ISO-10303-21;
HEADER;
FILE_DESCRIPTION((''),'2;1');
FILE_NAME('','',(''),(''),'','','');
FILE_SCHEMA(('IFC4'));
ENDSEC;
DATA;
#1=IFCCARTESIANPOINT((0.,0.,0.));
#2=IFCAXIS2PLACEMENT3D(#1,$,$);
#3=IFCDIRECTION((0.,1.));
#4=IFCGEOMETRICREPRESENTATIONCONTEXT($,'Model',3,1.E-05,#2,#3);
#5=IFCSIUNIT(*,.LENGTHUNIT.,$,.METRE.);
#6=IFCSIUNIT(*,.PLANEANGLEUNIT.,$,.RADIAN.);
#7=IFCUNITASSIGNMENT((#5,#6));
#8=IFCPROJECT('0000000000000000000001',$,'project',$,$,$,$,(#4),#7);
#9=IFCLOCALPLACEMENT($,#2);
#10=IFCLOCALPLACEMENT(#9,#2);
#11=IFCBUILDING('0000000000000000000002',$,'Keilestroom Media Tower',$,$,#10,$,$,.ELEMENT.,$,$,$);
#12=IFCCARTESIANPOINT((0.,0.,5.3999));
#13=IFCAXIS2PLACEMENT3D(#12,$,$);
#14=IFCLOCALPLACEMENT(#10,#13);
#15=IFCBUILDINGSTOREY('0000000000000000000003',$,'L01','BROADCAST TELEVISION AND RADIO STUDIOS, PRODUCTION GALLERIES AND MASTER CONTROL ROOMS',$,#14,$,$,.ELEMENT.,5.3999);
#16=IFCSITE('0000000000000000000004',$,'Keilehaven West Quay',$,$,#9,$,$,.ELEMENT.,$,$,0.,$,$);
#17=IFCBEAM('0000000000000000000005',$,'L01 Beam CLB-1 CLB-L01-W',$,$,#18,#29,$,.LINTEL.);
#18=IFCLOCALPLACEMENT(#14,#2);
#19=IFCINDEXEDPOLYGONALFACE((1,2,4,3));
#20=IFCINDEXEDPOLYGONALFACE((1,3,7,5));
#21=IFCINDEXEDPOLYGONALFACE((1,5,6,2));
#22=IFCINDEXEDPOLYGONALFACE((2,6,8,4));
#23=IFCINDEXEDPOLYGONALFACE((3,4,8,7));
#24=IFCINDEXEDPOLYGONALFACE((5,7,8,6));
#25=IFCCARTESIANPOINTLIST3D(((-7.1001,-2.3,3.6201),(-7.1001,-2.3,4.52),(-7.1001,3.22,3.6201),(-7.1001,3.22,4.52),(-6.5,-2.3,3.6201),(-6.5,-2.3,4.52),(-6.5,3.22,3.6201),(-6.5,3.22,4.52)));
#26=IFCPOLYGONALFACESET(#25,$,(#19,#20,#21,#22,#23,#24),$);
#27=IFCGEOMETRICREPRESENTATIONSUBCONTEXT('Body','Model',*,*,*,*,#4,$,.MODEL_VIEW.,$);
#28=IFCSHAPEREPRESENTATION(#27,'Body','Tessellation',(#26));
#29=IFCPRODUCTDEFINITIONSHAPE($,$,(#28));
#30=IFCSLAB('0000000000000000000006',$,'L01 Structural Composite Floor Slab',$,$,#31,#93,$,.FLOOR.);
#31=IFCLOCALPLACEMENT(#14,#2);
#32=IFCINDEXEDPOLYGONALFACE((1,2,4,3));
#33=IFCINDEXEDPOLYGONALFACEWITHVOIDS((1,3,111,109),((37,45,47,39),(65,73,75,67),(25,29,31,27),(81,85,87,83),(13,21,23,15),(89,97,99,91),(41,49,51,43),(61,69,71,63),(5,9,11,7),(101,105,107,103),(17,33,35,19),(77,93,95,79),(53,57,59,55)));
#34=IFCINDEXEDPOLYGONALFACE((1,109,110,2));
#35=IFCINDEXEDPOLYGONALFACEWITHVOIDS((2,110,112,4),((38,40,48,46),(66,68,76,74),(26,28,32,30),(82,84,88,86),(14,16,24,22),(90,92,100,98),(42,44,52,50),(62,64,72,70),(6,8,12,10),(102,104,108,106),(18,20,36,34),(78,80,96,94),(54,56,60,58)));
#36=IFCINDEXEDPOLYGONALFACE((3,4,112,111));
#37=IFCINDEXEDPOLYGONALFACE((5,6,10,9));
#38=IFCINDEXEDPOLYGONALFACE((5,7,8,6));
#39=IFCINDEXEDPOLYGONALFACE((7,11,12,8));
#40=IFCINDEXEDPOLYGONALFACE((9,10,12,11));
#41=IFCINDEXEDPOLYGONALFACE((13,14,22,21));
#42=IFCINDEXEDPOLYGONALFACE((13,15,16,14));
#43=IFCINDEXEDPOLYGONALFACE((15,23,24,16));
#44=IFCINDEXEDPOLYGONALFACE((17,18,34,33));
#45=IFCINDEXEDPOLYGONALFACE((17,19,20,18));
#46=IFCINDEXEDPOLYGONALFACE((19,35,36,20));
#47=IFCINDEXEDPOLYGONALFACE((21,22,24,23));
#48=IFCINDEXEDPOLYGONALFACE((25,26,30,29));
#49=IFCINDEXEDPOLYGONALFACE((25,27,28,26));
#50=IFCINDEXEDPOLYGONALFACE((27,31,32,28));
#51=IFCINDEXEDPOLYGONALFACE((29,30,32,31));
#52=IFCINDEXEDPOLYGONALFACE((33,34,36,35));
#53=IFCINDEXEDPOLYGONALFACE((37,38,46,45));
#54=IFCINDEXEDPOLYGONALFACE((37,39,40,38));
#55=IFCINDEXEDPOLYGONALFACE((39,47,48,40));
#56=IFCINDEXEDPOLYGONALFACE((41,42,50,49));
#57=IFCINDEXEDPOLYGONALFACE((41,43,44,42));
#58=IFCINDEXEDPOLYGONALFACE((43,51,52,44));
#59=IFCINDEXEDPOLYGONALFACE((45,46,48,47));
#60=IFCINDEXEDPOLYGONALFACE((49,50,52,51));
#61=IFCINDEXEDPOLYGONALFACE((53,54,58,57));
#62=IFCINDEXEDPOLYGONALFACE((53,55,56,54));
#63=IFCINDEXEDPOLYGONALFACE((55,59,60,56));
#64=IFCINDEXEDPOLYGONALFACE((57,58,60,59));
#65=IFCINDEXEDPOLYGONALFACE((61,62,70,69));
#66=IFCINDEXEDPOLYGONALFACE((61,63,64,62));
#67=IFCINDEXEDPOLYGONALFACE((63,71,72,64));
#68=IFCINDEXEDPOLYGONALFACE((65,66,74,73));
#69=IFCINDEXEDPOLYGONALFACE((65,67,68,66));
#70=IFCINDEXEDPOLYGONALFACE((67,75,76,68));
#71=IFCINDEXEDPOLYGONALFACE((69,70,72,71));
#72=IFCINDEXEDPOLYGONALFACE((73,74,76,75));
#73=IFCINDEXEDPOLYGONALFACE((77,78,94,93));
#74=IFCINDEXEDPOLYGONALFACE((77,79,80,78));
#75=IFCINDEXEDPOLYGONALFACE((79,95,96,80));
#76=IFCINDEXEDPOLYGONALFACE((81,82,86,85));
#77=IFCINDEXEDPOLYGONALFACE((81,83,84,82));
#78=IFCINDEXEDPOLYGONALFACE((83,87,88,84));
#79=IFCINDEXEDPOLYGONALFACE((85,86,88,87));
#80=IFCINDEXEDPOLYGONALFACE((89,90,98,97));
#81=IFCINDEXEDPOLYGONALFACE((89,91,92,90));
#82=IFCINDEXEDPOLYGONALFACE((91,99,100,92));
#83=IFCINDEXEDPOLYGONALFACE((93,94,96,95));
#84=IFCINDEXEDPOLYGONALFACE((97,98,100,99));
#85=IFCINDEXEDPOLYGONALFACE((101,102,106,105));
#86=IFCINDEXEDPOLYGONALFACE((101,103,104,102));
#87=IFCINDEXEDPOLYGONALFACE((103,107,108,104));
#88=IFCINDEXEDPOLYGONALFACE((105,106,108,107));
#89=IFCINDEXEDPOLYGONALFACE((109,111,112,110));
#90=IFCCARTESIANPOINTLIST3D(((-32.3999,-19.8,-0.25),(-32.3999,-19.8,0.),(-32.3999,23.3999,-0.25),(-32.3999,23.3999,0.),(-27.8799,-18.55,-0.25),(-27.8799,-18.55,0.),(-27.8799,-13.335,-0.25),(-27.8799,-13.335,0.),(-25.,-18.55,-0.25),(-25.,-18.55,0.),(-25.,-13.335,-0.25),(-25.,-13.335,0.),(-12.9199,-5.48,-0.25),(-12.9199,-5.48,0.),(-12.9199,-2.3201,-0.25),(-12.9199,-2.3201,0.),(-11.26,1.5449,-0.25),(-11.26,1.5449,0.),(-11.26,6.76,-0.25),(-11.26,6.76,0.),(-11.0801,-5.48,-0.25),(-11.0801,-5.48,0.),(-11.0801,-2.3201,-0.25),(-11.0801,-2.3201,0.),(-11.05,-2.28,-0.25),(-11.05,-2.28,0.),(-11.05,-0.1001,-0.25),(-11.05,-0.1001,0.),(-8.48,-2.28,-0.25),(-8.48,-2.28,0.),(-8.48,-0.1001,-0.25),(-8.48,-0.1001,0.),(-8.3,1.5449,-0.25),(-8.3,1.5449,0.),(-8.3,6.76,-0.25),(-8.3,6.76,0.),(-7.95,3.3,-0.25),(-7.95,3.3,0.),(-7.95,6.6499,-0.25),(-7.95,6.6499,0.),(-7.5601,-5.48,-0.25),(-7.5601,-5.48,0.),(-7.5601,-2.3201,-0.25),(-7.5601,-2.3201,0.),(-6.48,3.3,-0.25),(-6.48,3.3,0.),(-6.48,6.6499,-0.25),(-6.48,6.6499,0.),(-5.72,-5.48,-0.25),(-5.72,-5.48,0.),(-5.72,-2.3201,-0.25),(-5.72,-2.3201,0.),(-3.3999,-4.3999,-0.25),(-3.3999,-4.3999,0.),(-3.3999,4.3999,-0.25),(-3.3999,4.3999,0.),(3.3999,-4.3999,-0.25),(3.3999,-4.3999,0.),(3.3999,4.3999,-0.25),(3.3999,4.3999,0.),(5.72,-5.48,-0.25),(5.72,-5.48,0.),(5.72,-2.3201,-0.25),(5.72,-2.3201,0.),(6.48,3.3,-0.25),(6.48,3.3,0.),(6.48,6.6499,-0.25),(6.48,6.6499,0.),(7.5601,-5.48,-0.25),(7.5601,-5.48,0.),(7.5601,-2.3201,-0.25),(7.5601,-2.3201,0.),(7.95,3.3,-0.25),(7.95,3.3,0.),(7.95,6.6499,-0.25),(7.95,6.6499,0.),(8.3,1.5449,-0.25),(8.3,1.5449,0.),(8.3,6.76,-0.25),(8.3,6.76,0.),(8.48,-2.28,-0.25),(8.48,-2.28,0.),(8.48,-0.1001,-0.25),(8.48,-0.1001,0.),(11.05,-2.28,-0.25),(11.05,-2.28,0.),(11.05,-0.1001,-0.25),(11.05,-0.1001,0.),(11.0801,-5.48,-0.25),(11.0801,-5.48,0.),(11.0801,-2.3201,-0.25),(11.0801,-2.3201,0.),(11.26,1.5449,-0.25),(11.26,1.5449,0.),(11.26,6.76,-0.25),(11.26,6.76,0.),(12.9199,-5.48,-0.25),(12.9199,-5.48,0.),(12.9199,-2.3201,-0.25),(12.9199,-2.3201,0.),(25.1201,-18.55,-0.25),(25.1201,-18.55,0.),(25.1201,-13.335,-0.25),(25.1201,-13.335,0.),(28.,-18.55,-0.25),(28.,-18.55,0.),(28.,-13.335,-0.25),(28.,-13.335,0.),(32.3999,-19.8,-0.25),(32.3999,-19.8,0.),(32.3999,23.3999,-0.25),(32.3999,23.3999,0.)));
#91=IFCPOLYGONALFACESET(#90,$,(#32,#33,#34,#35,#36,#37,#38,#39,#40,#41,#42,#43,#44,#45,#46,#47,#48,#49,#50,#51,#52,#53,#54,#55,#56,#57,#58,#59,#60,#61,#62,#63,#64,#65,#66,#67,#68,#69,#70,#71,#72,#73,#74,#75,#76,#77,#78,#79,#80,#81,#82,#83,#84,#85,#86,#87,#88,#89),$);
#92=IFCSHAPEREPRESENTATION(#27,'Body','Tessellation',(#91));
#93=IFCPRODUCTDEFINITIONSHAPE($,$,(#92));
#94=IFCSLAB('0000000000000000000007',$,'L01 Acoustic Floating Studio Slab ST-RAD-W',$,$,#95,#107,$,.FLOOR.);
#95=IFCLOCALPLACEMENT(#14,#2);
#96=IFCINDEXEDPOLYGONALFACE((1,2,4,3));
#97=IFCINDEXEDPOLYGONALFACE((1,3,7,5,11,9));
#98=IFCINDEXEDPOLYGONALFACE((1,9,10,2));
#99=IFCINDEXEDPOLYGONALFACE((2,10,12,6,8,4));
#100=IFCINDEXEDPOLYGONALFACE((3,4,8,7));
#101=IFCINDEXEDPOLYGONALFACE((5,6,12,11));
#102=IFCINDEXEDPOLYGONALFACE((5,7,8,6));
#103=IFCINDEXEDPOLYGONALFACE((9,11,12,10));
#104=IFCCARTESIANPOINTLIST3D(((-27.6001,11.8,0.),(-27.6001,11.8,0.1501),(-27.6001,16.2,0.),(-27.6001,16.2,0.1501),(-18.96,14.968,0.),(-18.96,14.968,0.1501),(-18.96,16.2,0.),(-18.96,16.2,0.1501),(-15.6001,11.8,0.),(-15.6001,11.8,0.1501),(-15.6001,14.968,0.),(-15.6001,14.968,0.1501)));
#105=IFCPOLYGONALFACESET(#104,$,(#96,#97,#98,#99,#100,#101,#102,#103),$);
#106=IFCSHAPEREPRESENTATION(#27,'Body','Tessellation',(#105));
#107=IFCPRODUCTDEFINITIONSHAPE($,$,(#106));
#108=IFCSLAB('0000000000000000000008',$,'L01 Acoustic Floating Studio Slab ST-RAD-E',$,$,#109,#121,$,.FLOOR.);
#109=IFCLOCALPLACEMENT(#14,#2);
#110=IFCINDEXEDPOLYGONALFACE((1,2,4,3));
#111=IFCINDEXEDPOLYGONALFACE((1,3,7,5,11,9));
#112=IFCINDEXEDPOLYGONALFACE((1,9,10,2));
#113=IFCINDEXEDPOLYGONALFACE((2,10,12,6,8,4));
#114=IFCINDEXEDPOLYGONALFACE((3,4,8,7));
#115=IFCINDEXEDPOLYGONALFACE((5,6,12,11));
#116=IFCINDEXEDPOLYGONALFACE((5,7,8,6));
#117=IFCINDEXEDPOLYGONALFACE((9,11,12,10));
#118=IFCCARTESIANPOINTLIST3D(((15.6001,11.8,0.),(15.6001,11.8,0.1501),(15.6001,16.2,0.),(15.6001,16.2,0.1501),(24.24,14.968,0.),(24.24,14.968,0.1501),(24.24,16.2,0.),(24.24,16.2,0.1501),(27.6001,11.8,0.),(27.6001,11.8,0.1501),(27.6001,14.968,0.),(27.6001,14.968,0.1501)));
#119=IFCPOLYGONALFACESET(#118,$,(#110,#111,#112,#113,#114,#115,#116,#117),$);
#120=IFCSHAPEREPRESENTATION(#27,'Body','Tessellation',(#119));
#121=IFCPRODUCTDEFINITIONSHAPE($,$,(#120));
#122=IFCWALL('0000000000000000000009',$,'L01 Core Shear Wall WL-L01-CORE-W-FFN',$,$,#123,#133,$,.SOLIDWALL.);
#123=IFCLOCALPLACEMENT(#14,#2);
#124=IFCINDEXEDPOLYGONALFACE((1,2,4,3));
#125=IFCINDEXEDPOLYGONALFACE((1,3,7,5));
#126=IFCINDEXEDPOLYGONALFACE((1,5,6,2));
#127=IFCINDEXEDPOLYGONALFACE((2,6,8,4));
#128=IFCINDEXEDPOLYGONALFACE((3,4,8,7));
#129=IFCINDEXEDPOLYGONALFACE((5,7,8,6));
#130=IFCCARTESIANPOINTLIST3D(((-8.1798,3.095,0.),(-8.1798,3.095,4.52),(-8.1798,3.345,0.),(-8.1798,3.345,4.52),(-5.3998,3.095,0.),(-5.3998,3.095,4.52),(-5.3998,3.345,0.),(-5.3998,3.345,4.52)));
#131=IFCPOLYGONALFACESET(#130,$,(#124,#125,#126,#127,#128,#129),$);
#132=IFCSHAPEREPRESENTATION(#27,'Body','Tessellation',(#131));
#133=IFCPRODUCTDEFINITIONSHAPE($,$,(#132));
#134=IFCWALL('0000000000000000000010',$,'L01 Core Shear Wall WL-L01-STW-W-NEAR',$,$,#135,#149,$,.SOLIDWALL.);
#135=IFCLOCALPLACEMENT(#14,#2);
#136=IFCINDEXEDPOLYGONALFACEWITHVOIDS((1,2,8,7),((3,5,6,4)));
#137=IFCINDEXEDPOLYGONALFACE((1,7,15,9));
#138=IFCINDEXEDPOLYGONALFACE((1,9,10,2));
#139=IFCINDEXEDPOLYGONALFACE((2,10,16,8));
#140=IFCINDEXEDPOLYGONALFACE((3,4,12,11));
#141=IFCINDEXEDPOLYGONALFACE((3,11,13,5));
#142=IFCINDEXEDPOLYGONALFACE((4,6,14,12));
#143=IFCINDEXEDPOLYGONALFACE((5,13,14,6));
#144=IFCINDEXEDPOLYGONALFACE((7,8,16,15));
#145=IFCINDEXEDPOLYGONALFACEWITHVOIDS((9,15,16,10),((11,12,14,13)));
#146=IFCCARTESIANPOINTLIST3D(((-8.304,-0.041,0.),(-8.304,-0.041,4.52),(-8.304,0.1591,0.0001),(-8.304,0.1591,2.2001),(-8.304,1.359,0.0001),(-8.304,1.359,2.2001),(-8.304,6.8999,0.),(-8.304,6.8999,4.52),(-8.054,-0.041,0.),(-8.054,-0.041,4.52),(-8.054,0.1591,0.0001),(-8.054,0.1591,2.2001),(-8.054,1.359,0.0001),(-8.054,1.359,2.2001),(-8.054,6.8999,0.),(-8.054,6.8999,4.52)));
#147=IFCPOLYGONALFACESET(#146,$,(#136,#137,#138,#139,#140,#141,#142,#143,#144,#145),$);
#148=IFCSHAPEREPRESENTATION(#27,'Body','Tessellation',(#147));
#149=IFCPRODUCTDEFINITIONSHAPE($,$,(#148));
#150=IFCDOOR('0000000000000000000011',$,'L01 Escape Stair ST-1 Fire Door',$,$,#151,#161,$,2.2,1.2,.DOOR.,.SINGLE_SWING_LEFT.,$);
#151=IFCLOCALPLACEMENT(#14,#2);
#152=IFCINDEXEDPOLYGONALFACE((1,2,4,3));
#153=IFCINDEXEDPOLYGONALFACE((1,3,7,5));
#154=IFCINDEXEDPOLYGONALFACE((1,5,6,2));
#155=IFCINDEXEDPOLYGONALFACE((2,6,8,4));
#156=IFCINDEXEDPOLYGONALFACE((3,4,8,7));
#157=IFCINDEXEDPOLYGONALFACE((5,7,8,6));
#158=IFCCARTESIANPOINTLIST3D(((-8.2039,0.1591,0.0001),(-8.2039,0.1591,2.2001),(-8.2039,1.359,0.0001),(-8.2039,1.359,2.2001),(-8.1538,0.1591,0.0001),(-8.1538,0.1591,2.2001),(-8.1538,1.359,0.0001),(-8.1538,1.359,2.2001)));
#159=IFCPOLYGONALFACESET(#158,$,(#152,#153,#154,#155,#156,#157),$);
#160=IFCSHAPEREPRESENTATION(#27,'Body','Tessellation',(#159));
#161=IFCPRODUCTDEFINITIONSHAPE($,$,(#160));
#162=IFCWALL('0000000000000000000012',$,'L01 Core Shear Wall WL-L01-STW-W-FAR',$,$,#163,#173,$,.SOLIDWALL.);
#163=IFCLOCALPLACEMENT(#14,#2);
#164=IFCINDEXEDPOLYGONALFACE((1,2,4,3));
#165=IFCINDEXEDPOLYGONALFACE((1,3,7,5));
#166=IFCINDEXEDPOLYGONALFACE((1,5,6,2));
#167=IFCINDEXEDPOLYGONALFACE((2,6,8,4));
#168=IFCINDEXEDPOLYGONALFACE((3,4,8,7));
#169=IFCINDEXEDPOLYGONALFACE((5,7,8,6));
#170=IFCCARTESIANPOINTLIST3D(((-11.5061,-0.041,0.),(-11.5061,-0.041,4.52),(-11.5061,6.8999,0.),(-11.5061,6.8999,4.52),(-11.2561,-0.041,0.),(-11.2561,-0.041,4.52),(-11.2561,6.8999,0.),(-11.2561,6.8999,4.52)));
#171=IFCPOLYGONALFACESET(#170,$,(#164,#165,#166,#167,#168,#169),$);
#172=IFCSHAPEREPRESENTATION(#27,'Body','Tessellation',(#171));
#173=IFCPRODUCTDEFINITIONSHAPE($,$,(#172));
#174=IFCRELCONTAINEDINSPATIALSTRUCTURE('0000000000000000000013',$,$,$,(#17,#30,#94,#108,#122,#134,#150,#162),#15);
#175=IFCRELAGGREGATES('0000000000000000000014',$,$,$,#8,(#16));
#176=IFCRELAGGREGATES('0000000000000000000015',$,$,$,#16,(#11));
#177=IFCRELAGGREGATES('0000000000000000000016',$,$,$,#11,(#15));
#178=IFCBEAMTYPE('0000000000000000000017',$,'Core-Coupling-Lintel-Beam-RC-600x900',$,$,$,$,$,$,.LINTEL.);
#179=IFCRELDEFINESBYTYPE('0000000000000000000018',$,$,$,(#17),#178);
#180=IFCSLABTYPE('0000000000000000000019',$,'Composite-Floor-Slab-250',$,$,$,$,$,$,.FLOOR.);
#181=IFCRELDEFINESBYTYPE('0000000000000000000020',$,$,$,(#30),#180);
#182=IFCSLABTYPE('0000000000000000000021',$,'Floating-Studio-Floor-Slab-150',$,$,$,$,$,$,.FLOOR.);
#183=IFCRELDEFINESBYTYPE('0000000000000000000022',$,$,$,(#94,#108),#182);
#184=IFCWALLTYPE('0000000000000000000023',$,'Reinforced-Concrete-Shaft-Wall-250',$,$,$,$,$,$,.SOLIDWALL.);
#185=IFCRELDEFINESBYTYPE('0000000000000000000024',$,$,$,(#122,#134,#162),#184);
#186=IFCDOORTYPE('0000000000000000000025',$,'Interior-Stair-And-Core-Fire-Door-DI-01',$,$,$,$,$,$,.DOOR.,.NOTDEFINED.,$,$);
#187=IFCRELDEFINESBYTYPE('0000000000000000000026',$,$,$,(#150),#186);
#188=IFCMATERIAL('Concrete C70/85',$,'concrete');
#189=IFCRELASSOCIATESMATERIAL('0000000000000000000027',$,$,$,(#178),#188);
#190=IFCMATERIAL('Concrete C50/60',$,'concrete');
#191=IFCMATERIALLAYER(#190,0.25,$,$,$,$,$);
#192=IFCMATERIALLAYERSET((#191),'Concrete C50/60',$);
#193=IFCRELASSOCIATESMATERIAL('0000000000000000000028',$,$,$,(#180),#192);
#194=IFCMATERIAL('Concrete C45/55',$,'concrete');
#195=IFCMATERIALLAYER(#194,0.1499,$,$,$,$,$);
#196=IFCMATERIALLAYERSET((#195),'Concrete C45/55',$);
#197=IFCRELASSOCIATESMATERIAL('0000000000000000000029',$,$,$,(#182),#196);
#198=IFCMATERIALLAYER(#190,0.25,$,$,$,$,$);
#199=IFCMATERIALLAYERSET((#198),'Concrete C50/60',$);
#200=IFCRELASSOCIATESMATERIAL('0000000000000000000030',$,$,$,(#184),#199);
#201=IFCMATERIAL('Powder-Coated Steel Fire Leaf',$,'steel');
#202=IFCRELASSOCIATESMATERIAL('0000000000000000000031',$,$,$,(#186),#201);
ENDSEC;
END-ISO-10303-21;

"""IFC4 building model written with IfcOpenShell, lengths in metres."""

from ifc_helpers import new_model, si_unit, direction, frame, frame_2d, origin, origin_2d, place, context, subcontext, project, spatial, polyline, rectangle, outline, extrude, source, transform, mapped, material, layer, layer_set, material_profile, profile_set, type_object, element, fill, save


model = new_model("IFC4")

# Units and contexts
model_context = context("Model", 3, precision=1e-05, world=origin(), true_north=direction((0.0, 1.0)))
body_context = subcontext(model_context, "Body", "Model", "MODEL_VIEW")
ifc_project = project(units=[si_unit("LENGTHUNIT", "METRE"), si_unit("PLANEANGLEUNIT", "RADIAN")], contexts=[model_context])

# Site, building, storey
site_placement = place(None, origin())
site = spatial("IfcSite", under=ifc_project, at=site_placement, Name="Keilehaven West Quay", CompositionType="ELEMENT", RefElevation=0.0)
building_placement = place(site_placement, origin())
building = spatial("IfcBuilding", under=site, at=building_placement, Name="Keilestroom Media Tower", CompositionType="ELEMENT")
storey_placement = place(building_placement, frame((0.0, 0.0, 5.3999)))
storey = spatial("IfcBuildingStorey", under=building, at=storey_placement, Name="L01", Description="BROADCAST TELEVISION AND RADIO STUDIOS, PRODUCTION GALLERIES AND MASTER CONTROL ROOMS", CompositionType="ELEMENT", Elevation=5.3999)

# Beam
ifc_material_1 = material(Name="Concrete C70/85", Category="concrete")
ifc_material_profile = material_profile(ifc_material_1, rectangle(XDim=0.6001, YDim=0.8999, at=origin_2d()), Name="RC 600x900")
ifc_profile_set = profile_set([ifc_material_profile], Name="Concrete C70/85")
beam_type = type_object("IfcBeamType", Name="Core-Coupling-Lintel-Beam-RC-600x900", PredefinedType="LINTEL", material=ifc_profile_set)
shared_shape_1 = source(origin(), body_context, "Body", "SweptSolid", [
    extrude(rectangle(XDim=0.6001, YDim=0.8999, at=origin_2d()), origin(), (0.0, 0.0, 1.0), 5.52),
])
beam_placement = place(storey_placement, frame((-6.8, -2.3, 4.0701), z_axis=(0.0, 1.0, 0.0), x_axis=(-1.0, 0.0, 0.0)))
element("IfcBeam", 1, at=beam_placement, inside=storey, type_object=beam_type, Name="L01 Beam CLB-1 CLB-L01-W", PredefinedType="LINTEL", context=body_context, shape_type="MappedRepresentation", body=[
    mapped(shared_shape_1, transform((0.0, 0.0, 0.0), x_axis=(1.0, 0.0, 0.0), y_axis=(0.0, 1.0, 0.0), z_axis=(0.0, 0.0, 1.0), scale=1.0)),
])

# Slabs
ifc_material_2 = material(Name="Concrete C50/60", Category="concrete")
ifc_layer_1 = layer(ifc_material_2, 0.25)
ifc_layer_set_1 = layer_set([ifc_layer_1], Name="Concrete C50/60")
slab_type_1 = type_object("IfcSlabType", Name="Composite-Floor-Slab-250", PredefinedType="FLOOR", material=ifc_layer_set_1)
slab_1_placement = place(storey_placement, frame((0.0, 0.0, -0.25)))
element("IfcSlab", 2, at=slab_1_placement, inside=storey, type_object=slab_type_1, Name="L01 Structural Composite Floor Slab", PredefinedType="FLOOR", context=body_context, shape_type="SweptSolid", body=[
    extrude(outline(polyline([(-32.3999, -19.8), (32.3999, -19.8), (32.3999, 23.3999), (-32.3999, 23.3999), (-32.3999, -19.8)]), holes=[polyline([(-27.8799, -18.55), (-27.8799, -13.335), (-25.0, -13.335), (-25.0, -18.55), (-27.8799, -18.55)]), polyline([(-12.9199, -5.48), (-12.9199, -2.3201), (-11.0801, -2.3201), (-11.0801, -5.48), (-12.9199, -5.48)]), polyline([(-11.26, 6.76), (-8.3, 6.76), (-8.3, 1.5449), (-11.26, 1.5449), (-11.26, 6.76)]), polyline([(-11.05, -2.28), (-11.05, -0.1001), (-8.48, -0.1001), (-8.48, -2.28), (-11.05, -2.28)]), polyline([(-7.95, 6.6499), (-6.48, 6.6499), (-6.48, 3.3), (-7.95, 3.3), (-7.95, 6.6499)]), polyline([(-5.72, -5.48), (-7.5601, -5.48), (-7.5601, -2.3201), (-5.72, -2.3201), (-5.72, -5.48)]), polyline([(-3.3999, -4.3999), (-3.3999, 4.3999), (3.3999, 4.3999), (3.3999, -4.3999), (-3.3999, -4.3999)]), polyline([(7.5601, -2.3201), (7.5601, -5.48), (5.72, -5.48), (5.72, -2.3201), (7.5601, -2.3201)]), polyline([(7.95, 6.6499), (7.95, 3.3), (6.48, 3.3), (6.48, 6.6499), (7.95, 6.6499)]), polyline([(8.3, 6.76), (11.26, 6.76), (11.26, 1.5449), (8.3, 1.5449), (8.3, 6.76)]), polyline([(8.48, -2.28), (8.48, -0.1001), (11.05, -0.1001), (11.05, -2.28), (8.48, -2.28)]), polyline([(11.0801, -2.3201), (12.9199, -2.3201), (12.9199, -5.48), (11.0801, -5.48), (11.0801, -2.3201)]), polyline([(25.1201, -18.55), (25.1201, -13.335), (28.0, -13.335), (28.0, -18.55), (25.1201, -18.55)])]), origin(), (0.0, 0.0, 1.0), 0.25),
])
ifc_material_3 = material(Name="Concrete C45/55", Category="concrete")
ifc_layer_2 = layer(ifc_material_3, 0.1499)
ifc_layer_set_2 = layer_set([ifc_layer_2], Name="Concrete C45/55")
slab_type_2 = type_object("IfcSlabType", Name="Floating-Studio-Floor-Slab-150", PredefinedType="FLOOR", material=ifc_layer_set_2)
slab_2_placement = place(storey_placement, origin())
element("IfcSlab", 3, at=slab_2_placement, inside=storey, type_object=slab_type_2, Name="L01 Acoustic Floating Studio Slab ST-RAD-W", PredefinedType="FLOOR", context=body_context, shape_type="SweptSolid", body=[
    extrude(outline(polyline([(-27.6001, 11.8), (-15.6001, 11.8), (-15.6001, 14.968), (-18.96, 14.968), (-18.96, 16.2), (-27.6001, 16.2), (-27.6001, 11.8)])), origin(), (0.0, 0.0, 1.0), 0.1501),
])
slab_3_placement = place(storey_placement, origin())
element("IfcSlab", 4, at=slab_3_placement, inside=storey, type_object=slab_type_2, Name="L01 Acoustic Floating Studio Slab ST-RAD-E", PredefinedType="FLOOR", context=body_context, shape_type="SweptSolid", body=[
    extrude(outline(polyline([(15.6001, 11.8), (27.6001, 11.8), (27.6001, 14.968), (24.24, 14.968), (24.24, 16.2), (15.6001, 16.2), (15.6001, 11.8)])), origin(), (0.0, 0.0, 1.0), 0.1501),
])

# Wall
ifc_layer_3 = layer(ifc_material_2, 0.25)
ifc_layer_set_3 = layer_set([ifc_layer_3], Name="Concrete C50/60")
wall_type = type_object("IfcWallType", Name="Reinforced-Concrete-Shaft-Wall-250", PredefinedType="SOLIDWALL", material=ifc_layer_set_3)
wall_1_placement = place(storey_placement, frame((-8.1799, 3.22, 0.0), z_axis=(0.0, 0.0, 1.0), x_axis=(1.0, 0.0, 0.0)))
element("IfcWall", 5, at=wall_1_placement, inside=storey, type_object=wall_type, Name="L01 Core Shear Wall WL-L01-CORE-W-FFN", PredefinedType="SOLIDWALL", context=body_context, shape_type="SweptSolid", body=[
    extrude(rectangle(XDim=2.78, YDim=0.25, at=frame_2d((1.3901, 0.0))), origin(), (0.0, 0.0, 1.0), 4.52),
])

# Wall, opening, door
wall_2_placement = place(storey_placement, frame((-8.179, -0.041, 0.0), z_axis=(0.0, 0.0, 1.0), x_axis=(0.0, 1.0, 0.0)))
wall_2 = element("IfcWall", 6, at=wall_2_placement, inside=storey, type_object=wall_type, Name="L01 Core Shear Wall WL-L01-STW-W-NEAR", PredefinedType="SOLIDWALL", context=body_context, shape_type="SweptSolid", body=[
    extrude(rectangle(XDim=6.9409, YDim=0.25, at=frame_2d((3.4705, 0.0))), origin(), (0.0, 0.0, 1.0), 4.52),
])
opening_1_placement = place(wall_2_placement, frame((0.2, 0.0, 0.0)))
opening_1 = element("IfcOpeningElement", 7, at=opening_1_placement, cuts=wall_2, PredefinedType="OPENING", context=body_context, shape_type="SweptSolid", body=[
    extrude(rectangle(XDim=1.2, YDim=2.2, at=frame_2d((0.6001, 1.1001))), frame((0.0, 0.135, 0.0), z_axis=(0.0, -1.0, 0.0), x_axis=(1.0, 0.0, 0.0)), (0.0, 0.0, 1.0), 0.27),
])
ifc_material_4 = material(Name="Powder-Coated Steel Fire Leaf", Category="steel")
door_type_1 = type_object("IfcDoorType", Name="Interior-Stair-And-Core-Fire-Door-DI-01", OperationType="NOTDEFINED", PredefinedType="DOOR", material=ifc_material_4)
shared_shape_2 = source(origin(), body_context, "Body", "SweptSolid", [
    extrude(rectangle(XDim=1.2, YDim=2.2, at=frame_2d((0.6001, 1.1001))), frame((0.0, 0.0249, 0.0), z_axis=(0.0, -1.0, 0.0), x_axis=(1.0, 0.0, 0.0)), (0.0, 0.0, 1.0), 0.05),
])
door_1_placement = place(opening_1_placement, origin())
door_1 = element("IfcDoor", 8, at=door_1_placement, inside=storey, type_object=door_type_1, Name="L01 Escape Stair ST-1 Fire Door", OperationType="SINGLE_SWING_LEFT", OverallHeight=2.2, OverallWidth=1.2, PredefinedType="DOOR", context=body_context, shape_type="MappedRepresentation", body=[
    mapped(shared_shape_2, transform((0.0, 0.0, 0.0), x_axis=(1.0, 0.0, 0.0), y_axis=(0.0, 1.0, 0.0), z_axis=(0.0, 0.0, 1.0), scale=1.0)),
])
fill(opening_1, door_1)

# Wall
wall_3_placement = place(storey_placement, frame((-11.3811, -0.041, 0.0), z_axis=(0.0, 0.0, 1.0), x_axis=(0.0, 1.0, 0.0)))
element("IfcWall", 9, at=wall_3_placement, inside=storey, type_object=wall_type, Name="L01 Core Shear Wall WL-L01-STW-W-FAR", PredefinedType="SOLIDWALL", context=body_context, shape_type="SweptSolid", body=[
    extrude(rectangle(XDim=6.9409, YDim=0.25, at=frame_2d((3.4705, 0.0))), origin(), (0.0, 0.0, 1.0), 4.52),
])

save(model, "model.ifc")
